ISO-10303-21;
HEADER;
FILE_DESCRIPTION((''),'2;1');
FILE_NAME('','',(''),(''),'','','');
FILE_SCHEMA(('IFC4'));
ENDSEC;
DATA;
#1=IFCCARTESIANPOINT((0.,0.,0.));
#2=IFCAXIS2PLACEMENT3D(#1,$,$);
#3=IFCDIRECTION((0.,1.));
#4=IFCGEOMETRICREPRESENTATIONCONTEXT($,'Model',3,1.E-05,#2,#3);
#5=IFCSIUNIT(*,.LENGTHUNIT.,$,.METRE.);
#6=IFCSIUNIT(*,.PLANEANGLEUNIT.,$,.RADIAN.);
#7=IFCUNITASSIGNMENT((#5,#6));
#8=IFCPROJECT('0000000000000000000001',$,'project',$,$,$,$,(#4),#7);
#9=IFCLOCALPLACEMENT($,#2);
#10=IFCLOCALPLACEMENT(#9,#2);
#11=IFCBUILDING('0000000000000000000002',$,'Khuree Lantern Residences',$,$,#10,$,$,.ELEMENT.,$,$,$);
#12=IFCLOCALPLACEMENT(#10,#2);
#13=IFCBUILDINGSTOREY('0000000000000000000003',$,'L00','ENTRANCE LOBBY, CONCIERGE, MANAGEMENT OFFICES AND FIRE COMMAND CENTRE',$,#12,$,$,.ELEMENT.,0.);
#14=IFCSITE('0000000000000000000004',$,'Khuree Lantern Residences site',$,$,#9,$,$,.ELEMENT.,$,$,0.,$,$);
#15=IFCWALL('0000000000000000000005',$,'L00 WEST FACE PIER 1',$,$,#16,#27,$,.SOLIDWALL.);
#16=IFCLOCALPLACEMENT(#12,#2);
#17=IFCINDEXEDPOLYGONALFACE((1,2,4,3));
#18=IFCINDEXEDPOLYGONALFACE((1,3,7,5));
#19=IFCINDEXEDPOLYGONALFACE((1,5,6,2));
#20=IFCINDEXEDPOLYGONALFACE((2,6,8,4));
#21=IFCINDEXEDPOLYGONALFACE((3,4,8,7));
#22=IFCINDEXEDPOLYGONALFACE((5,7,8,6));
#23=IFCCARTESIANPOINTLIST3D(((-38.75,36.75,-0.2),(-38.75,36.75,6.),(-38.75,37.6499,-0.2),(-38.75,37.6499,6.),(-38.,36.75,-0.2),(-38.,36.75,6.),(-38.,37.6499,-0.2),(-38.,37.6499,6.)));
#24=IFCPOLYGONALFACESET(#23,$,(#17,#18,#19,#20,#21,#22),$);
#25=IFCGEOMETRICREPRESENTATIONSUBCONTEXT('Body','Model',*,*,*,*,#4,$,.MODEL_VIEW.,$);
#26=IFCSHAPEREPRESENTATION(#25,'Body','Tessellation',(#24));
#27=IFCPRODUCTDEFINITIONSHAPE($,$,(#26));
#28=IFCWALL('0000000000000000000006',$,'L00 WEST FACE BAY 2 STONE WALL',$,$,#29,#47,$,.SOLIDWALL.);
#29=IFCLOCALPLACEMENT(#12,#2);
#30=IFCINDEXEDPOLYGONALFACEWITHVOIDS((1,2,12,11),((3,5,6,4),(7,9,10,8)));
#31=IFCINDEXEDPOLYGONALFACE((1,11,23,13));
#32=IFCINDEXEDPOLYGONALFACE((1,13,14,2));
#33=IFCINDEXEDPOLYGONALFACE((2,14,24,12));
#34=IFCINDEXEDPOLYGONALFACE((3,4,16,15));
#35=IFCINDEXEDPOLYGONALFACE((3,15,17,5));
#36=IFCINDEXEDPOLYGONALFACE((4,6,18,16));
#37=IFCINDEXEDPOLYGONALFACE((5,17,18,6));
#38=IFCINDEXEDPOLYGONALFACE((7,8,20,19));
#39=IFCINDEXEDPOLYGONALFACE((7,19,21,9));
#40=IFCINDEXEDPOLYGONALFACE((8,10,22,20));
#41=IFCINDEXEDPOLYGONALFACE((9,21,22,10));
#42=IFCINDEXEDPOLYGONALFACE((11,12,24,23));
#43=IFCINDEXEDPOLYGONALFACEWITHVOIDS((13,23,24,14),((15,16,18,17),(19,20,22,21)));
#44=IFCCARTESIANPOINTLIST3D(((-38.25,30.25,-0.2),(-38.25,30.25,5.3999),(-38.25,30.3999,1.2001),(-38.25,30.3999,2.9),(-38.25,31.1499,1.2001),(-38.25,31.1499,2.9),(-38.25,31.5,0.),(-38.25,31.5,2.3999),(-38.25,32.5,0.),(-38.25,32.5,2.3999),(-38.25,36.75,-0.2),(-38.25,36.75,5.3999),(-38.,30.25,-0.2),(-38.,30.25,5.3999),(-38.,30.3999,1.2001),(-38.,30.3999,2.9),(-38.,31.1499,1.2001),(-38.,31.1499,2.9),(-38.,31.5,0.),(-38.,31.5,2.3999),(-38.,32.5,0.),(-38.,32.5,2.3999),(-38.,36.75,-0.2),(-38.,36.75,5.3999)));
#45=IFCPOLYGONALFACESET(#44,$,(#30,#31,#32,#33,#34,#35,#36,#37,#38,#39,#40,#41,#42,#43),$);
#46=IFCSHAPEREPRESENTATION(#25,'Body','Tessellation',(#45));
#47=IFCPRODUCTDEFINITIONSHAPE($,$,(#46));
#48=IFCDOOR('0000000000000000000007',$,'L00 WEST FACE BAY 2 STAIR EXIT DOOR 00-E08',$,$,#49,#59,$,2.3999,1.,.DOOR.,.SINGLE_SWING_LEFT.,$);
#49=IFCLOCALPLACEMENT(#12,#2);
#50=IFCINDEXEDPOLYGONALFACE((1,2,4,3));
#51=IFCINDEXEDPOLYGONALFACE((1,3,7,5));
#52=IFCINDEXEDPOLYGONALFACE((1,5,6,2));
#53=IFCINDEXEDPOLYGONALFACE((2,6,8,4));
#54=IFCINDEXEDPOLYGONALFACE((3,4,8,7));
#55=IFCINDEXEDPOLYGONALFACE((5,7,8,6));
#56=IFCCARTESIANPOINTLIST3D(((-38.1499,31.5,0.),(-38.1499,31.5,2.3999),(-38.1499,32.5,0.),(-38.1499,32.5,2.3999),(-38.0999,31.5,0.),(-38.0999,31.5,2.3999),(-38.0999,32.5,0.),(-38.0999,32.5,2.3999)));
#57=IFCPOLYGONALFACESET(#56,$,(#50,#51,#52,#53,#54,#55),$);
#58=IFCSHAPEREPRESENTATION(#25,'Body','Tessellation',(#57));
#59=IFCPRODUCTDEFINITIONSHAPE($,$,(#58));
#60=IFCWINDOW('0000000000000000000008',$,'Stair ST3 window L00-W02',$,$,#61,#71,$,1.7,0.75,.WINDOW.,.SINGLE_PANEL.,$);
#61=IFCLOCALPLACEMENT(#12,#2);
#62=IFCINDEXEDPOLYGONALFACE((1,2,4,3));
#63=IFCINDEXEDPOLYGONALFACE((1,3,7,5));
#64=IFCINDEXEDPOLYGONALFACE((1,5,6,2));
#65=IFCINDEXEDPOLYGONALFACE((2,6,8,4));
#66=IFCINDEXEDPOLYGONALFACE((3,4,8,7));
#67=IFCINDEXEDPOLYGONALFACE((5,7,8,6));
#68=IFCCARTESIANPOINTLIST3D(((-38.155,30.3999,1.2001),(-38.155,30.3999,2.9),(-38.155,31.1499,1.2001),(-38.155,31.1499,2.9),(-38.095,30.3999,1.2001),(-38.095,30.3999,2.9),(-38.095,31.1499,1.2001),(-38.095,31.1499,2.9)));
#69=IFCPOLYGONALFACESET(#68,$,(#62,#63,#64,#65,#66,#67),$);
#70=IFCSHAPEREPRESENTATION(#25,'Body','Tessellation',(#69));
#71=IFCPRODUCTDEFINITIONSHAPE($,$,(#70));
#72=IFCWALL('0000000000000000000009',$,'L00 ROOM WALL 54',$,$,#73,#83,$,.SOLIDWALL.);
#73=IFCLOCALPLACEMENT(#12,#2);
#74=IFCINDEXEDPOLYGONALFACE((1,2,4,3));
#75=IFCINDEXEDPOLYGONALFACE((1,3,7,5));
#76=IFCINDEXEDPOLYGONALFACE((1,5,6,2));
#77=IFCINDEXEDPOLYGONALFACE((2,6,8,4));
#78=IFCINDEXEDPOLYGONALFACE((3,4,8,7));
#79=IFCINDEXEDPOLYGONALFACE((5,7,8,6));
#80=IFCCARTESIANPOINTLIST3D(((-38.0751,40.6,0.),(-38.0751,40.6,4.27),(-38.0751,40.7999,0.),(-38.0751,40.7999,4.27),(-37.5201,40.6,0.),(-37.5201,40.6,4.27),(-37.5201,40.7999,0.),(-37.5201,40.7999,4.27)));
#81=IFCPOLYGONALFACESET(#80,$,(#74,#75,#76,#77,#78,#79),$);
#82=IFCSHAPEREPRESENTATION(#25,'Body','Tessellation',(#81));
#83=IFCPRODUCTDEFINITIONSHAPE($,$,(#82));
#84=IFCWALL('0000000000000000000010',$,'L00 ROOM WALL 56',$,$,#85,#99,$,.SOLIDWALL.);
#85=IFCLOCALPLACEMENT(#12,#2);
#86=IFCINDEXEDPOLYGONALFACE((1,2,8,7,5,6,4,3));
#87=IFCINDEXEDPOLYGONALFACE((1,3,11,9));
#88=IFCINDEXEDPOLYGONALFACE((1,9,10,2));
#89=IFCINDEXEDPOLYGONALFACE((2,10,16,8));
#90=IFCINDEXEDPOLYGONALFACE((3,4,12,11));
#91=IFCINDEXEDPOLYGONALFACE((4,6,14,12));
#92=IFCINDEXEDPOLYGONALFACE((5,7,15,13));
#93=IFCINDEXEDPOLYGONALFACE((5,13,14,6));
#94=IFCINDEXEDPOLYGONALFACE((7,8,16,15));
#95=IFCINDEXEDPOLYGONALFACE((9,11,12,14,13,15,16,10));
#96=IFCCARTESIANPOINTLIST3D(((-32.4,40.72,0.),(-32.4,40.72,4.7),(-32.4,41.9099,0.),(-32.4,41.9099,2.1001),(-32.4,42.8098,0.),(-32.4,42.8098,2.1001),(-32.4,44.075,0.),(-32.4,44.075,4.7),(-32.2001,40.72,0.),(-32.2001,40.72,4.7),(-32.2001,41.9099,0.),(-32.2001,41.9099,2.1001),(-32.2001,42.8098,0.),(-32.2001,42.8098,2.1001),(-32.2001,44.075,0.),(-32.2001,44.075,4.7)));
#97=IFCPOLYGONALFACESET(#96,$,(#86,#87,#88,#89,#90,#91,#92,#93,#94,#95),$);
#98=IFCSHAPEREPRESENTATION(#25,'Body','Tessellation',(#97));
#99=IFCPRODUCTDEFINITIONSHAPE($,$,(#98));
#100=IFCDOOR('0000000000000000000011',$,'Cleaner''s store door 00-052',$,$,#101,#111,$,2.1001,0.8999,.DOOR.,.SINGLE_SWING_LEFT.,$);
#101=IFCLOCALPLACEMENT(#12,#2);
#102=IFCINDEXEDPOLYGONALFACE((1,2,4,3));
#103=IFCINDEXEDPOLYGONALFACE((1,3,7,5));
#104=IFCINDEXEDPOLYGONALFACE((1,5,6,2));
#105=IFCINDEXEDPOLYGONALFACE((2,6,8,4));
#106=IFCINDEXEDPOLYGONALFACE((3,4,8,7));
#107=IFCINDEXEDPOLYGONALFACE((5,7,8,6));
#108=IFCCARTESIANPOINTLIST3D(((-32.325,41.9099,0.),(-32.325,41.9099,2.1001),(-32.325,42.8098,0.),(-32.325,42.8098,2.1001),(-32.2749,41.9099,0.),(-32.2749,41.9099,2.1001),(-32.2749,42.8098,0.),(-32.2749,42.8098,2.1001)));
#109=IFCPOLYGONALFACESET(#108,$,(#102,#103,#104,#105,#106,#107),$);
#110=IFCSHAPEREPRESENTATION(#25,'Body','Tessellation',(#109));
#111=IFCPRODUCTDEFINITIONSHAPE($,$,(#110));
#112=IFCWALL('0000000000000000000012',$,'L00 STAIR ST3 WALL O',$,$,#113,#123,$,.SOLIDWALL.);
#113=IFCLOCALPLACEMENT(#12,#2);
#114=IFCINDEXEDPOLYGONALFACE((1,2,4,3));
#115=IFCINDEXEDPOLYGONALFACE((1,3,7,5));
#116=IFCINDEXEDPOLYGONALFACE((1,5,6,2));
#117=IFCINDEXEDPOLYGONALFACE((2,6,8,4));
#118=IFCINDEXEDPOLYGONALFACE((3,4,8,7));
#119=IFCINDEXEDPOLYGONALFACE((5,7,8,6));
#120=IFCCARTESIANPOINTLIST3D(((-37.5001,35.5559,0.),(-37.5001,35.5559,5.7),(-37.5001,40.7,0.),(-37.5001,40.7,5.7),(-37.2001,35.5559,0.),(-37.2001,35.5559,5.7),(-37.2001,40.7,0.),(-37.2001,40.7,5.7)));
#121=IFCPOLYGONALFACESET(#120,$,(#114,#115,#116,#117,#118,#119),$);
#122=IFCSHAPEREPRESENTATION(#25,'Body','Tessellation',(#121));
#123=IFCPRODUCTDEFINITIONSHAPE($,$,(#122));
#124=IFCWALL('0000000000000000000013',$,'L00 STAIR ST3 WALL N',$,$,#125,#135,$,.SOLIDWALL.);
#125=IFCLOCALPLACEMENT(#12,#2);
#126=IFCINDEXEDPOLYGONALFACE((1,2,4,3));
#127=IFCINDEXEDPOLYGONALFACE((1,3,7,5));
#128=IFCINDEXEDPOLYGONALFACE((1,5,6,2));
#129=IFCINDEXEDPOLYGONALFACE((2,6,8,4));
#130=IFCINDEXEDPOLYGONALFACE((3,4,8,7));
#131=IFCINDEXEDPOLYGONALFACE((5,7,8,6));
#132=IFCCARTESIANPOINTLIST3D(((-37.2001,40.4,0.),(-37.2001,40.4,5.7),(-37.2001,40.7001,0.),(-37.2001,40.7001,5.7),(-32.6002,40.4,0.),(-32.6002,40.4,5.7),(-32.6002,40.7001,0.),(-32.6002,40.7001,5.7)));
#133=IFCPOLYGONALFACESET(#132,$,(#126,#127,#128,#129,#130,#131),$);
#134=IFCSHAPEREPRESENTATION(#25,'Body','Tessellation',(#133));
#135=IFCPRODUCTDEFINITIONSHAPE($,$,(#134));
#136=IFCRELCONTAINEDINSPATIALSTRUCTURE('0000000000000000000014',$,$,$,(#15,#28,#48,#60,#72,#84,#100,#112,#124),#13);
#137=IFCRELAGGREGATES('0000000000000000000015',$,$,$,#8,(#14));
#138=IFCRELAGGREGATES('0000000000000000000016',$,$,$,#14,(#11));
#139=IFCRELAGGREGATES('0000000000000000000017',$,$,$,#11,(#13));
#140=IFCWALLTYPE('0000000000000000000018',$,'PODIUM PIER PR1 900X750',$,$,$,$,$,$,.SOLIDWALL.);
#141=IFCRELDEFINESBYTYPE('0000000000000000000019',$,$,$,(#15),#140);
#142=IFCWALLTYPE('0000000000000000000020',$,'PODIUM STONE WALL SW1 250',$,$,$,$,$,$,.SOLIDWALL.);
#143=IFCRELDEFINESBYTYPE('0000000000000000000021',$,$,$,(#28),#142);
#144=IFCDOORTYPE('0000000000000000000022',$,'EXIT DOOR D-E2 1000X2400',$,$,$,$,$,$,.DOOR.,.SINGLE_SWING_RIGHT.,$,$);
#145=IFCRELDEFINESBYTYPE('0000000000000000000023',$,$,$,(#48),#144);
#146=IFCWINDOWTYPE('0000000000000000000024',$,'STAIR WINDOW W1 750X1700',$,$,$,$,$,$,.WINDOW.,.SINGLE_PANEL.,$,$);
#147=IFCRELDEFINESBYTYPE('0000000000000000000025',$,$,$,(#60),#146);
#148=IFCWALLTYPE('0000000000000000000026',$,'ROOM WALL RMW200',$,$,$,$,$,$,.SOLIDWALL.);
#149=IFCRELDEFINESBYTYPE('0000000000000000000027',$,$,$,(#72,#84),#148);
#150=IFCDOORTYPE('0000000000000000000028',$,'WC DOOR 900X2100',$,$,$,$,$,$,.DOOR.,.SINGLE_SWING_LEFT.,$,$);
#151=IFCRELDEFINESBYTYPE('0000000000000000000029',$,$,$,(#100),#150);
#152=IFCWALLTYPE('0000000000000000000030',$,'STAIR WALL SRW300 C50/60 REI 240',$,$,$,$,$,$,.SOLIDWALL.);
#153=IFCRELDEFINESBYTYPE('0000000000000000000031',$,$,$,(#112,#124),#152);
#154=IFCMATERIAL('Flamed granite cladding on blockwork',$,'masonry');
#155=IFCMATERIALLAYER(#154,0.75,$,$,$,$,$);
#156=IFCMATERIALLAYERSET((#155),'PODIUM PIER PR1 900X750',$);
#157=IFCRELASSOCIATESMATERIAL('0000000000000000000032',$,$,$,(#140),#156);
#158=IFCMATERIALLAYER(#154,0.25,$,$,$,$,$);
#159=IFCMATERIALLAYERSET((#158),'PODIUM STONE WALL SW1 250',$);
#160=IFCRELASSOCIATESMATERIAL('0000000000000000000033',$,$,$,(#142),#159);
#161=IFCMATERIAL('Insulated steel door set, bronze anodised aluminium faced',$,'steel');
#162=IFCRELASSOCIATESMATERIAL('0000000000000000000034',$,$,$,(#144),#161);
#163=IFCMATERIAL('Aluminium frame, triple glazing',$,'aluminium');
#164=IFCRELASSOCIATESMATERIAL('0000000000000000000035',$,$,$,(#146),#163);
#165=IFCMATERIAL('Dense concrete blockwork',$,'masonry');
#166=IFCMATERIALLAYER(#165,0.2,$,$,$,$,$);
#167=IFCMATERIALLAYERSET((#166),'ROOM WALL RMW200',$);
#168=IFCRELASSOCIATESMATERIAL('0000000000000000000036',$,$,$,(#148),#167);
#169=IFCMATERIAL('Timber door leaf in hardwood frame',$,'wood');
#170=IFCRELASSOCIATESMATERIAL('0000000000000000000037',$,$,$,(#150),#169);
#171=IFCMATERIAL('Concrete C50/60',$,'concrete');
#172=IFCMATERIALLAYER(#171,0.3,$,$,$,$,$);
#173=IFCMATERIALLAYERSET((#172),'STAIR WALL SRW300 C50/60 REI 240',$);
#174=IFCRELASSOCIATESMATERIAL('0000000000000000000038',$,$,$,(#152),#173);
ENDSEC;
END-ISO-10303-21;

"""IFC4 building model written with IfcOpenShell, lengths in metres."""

from ifc_helpers import new_model, si_unit, direction, frame, frame_2d, origin, place, context, subcontext, project, spatial, rectangle, extrude, material, layer, layer_set, type_object, element, fill, save


model = new_model("IFC4")

# Units and contexts
model_context = context("Model", 3, precision=1e-05, world=origin(), true_north=direction((0.0, 1.0)))
body_context = subcontext(model_context, "Body", "Model", "MODEL_VIEW")
ifc_project = project(units=[si_unit("LENGTHUNIT", "METRE"), si_unit("PLANEANGLEUNIT", "RADIAN")], contexts=[model_context])

# Site, building, storey
site_placement = place(None, origin())
site = spatial("IfcSite", under=ifc_project, at=site_placement, Name="Khuree Lantern Residences site", CompositionType="ELEMENT", RefElevation=0.0)
building_placement = place(site_placement, origin())
building = spatial("IfcBuilding", under=site, at=building_placement, Name="Khuree Lantern Residences", CompositionType="ELEMENT")
storey_placement = place(building_placement, origin())
storey = spatial("IfcBuildingStorey", under=building, at=storey_placement, Name="L00", Description="ENTRANCE LOBBY, CONCIERGE, MANAGEMENT OFFICES AND FIRE COMMAND CENTRE", CompositionType="ELEMENT", Elevation=0.0)

# Wall
ifc_material_1 = material(Name="Dense concrete blockwork", Category="masonry")
ifc_material_2 = material(Name="Flamed granite cladding on blockwork", Category="masonry")
ifc_layer_1 = layer(ifc_material_2, 0.75)
ifc_layer_set_1 = layer_set([ifc_layer_1], Name="PODIUM PIER PR1 900X750")
wall_type_1 = type_object("IfcWallType", Name="PODIUM PIER PR1 900X750", PredefinedType="SOLIDWALL", material=ifc_layer_set_1)
wall_1_placement = place(storey_placement, frame((-38.375, 37.6499, -0.2), z_axis=(0.0, 0.0, 1.0), x_axis=(0.0, -1.0, 0.0)))
element("IfcWall", 1, at=wall_1_placement, inside=storey, type_object=wall_type_1, Name="L00 WEST FACE PIER 1", PredefinedType="SOLIDWALL", context=body_context, shape_type="SweptSolid", body=[
    extrude(rectangle(XDim=0.8999, YDim=0.75, at=frame_2d((0.45, 0.0))), origin(), (0.0, 0.0, 1.0), 6.2),
])

# Wall, openings, door, window
ifc_layer_2 = layer(ifc_material_2, 0.25)
ifc_layer_set_2 = layer_set([ifc_layer_2], Name="PODIUM STONE WALL SW1 250")
wall_type_2 = type_object("IfcWallType", Name="PODIUM STONE WALL SW1 250", PredefinedType="SOLIDWALL", material=ifc_layer_set_2)
wall_2_placement = place(storey_placement, frame((-38.125, 36.75, -0.2), z_axis=(0.0, 0.0, 1.0), x_axis=(0.0, -1.0, 0.0)))
wall_2 = element("IfcWall", 2, at=wall_2_placement, inside=storey, type_object=wall_type_2, Name="L00 WEST FACE BAY 2 STONE WALL", PredefinedType="SOLIDWALL", context=body_context, shape_type="SweptSolid", body=[
    extrude(rectangle(XDim=6.5, YDim=0.25, at=frame_2d((3.25, 0.0))), origin(), (0.0, 0.0, 1.0), 5.5999),
])
opening_1_placement = place(wall_2_placement, frame((5.6001, 0.0, 1.3999)))
opening_1 = element("IfcOpeningElement", 3, at=opening_1_placement, cuts=wall_2, PredefinedType="OPENING", context=body_context, shape_type="SweptSolid", body=[
    extrude(rectangle(XDim=0.75, YDim=1.7, at=frame_2d((0.375, 0.8501))), frame((0.0, 0.135, 0.0), z_axis=(0.0, -1.0, 0.0), x_axis=(1.0, 0.0, 0.0)), (0.0, 0.0, 1.0), 0.27),
])
opening_2_placement = place(wall_2_placement, frame((5.25, 0.0, 0.2), z_axis=(0.0, 0.0, 1.0), x_axis=(-1.0, 0.0, 0.0)))
opening_2 = element("IfcOpeningElement", 4, at=opening_2_placement, cuts=wall_2, PredefinedType="OPENING", context=body_context, shape_type="SweptSolid", body=[
    extrude(rectangle(XDim=1.0, YDim=2.3999, at=frame_2d((0.5, 1.2))), frame((0.0, 0.135, 0.0), z_axis=(0.0, -1.0, 0.0), x_axis=(1.0, 0.0, 0.0)), (0.0, 0.0, 1.0), 0.27),
])
ifc_material_3 = material(Name="Insulated steel door set, bronze anodised aluminium faced", Category="steel")
door_type_1 = type_object("IfcDoorType", Name="EXIT DOOR D-E2 1000X2400", OperationType="SINGLE_SWING_RIGHT", PredefinedType="DOOR", material=ifc_material_3)
door_1_placement = place(opening_2_placement, origin())
door_1 = element("IfcDoor", 5, at=door_1_placement, inside=storey, type_object=door_type_1, Name="L00 WEST FACE BAY 2 STAIR EXIT DOOR 00-E08", OperationType="SINGLE_SWING_LEFT", OverallHeight=2.3999, OverallWidth=1.0, PredefinedType="DOOR", context=body_context, shape_type="SweptSolid", body=[
    extrude(rectangle(XDim=1.0, YDim=2.3999, at=frame_2d((0.5, 1.2))), frame((0.0, 0.0249, 0.0), z_axis=(0.0, -1.0, 0.0), x_axis=(1.0, 0.0, 0.0)), (0.0, 0.0, 1.0), 0.05),
])
fill(opening_2, door_1)
ifc_material_4 = material(Name="Aluminium frame, triple glazing", Category="aluminium")
window_type = type_object("IfcWindowType", Name="STAIR WINDOW W1 750X1700", PartitioningType="SINGLE_PANEL", PredefinedType="WINDOW", material=ifc_material_4)
window_placement = place(opening_1_placement, origin())
window = element("IfcWindow", 6, at=window_placement, inside=storey, type_object=window_type, Name="Stair ST3 window L00-W02", OverallHeight=1.7, OverallWidth=0.75, PartitioningType="SINGLE_PANEL", PredefinedType="WINDOW", context=body_context, shape_type="SweptSolid", body=[
    extrude(rectangle(XDim=0.75, YDim=1.7, at=frame_2d((0.375, 0.8501))), frame((0.0, 0.03, 0.0), z_axis=(0.0, -1.0, 0.0), x_axis=(1.0, 0.0, 0.0)), (0.0, 0.0, 1.0), 0.0601),
])
fill(opening_1, window)

# Wall
ifc_layer_3 = layer(ifc_material_1, 0.2)
ifc_layer_set_3 = layer_set([ifc_layer_3], Name="ROOM WALL RMW200")
wall_type_3 = type_object("IfcWallType", Name="ROOM WALL RMW200", PredefinedType="SOLIDWALL", material=ifc_layer_set_3)
wall_3_placement = place(storey_placement, frame((-38.075, 40.7, 0.0), z_axis=(0.0, 0.0, 1.0), x_axis=(1.0, 0.0, 0.0)))
element("IfcWall", 7, at=wall_3_placement, inside=storey, type_object=wall_type_3, Name="L00 ROOM WALL 54", PredefinedType="SOLIDWALL", context=body_context, shape_type="SweptSolid", body=[
    extrude(rectangle(XDim=0.5549, YDim=0.2, at=frame_2d((0.2773, 0.0))), origin(), (0.0, 0.0, 1.0), 4.27),
])

# Wall, opening, door
wall_4_placement = place(storey_placement, frame((-32.3, 40.72, 0.0), z_axis=(0.0, 0.0, 1.0), x_axis=(0.0, 1.0, 0.0)))
wall_4 = element("IfcWall", 8, at=wall_4_placement, inside=storey, type_object=wall_type_3, Name="L00 ROOM WALL 56", PredefinedType="SOLIDWALL", context=body_context, shape_type="SweptSolid", body=[
    extrude(rectangle(XDim=3.355, YDim=0.2, at=frame_2d((1.6775, 0.0))), origin(), (0.0, 0.0, 1.0), 4.7),
])
opening_3_placement = place(wall_4_placement, frame((1.1899, 0.0, 0.0)))
opening_3 = element("IfcOpeningElement", 9, at=opening_3_placement, cuts=wall_4, PredefinedType="OPENING", context=body_context, shape_type="SweptSolid", body=[
    extrude(rectangle(XDim=0.8999, YDim=2.1001, at=frame_2d((0.45, 1.05))), frame((0.0, 0.1099, 0.0), z_axis=(0.0, -1.0, 0.0), x_axis=(1.0, 0.0, 0.0)), (0.0, 0.0, 1.0), 0.22),
])
ifc_material_5 = material(Name="Timber door leaf in hardwood frame", Category="wood")
door_type_2 = type_object("IfcDoorType", Name="WC DOOR 900X2100", OperationType="SINGLE_SWING_LEFT", PredefinedType="DOOR", material=ifc_material_5)
door_2_placement = place(opening_3_placement, origin())
door_2 = element("IfcDoor", 10, at=door_2_placement, inside=storey, type_object=door_type_2, Name="Cleaner's store door 00-052", OperationType="SINGLE_SWING_LEFT", OverallHeight=2.1001, OverallWidth=0.8999, PredefinedType="DOOR", context=body_context, shape_type="SweptSolid", body=[
    extrude(rectangle(XDim=0.8999, YDim=2.1001, at=frame_2d((0.45, 1.05))), frame((0.0, 0.0249, 0.0), z_axis=(0.0, -1.0, 0.0), x_axis=(1.0, 0.0, 0.0)), (0.0, 0.0, 1.0), 0.05),
])
fill(opening_3, door_2)

# Walls
ifc_material_6 = material(Name="Concrete C50/60", Category="concrete")
ifc_layer_4 = layer(ifc_material_6, 0.3)
ifc_layer_set_4 = layer_set([ifc_layer_4], Name="STAIR WALL SRW300 C50/60 REI 240")
wall_type_4 = type_object("IfcWallType", Name="STAIR WALL SRW300 C50/60 REI 240", PredefinedType="SOLIDWALL", material=ifc_layer_set_4)
wall_5_placement = place(storey_placement, frame((-37.3501, 35.5559, 0.0), z_axis=(0.0, 0.0, 1.0), x_axis=(0.0, 1.0, 0.0)))
element("IfcWall", 11, at=wall_5_placement, inside=storey, type_object=wall_type_4, Name="L00 STAIR ST3 WALL O", PredefinedType="SOLIDWALL", context=body_context, shape_type="SweptSolid", body=[
    extrude(rectangle(XDim=5.144, YDim=0.3, at=frame_2d((2.572, 0.0))), origin(), (0.0, 0.0, 1.0), 5.7),
])
wall_6_placement = place(storey_placement, frame((-37.2, 40.55, 0.0), z_axis=(0.0, 0.0, 1.0), x_axis=(1.0, 0.0, 0.0)))
element("IfcWall", 12, at=wall_6_placement, inside=storey, type_object=wall_type_4, Name="L00 STAIR ST3 WALL N", PredefinedType="SOLIDWALL", context=body_context, shape_type="SweptSolid", body=[
    extrude(rectangle(XDim=4.5999, YDim=0.3, at=frame_2d((2.2998, 0.0))), origin(), (0.0, 0.0, 1.0), 5.7),
])

save(model, "model.ifc")
